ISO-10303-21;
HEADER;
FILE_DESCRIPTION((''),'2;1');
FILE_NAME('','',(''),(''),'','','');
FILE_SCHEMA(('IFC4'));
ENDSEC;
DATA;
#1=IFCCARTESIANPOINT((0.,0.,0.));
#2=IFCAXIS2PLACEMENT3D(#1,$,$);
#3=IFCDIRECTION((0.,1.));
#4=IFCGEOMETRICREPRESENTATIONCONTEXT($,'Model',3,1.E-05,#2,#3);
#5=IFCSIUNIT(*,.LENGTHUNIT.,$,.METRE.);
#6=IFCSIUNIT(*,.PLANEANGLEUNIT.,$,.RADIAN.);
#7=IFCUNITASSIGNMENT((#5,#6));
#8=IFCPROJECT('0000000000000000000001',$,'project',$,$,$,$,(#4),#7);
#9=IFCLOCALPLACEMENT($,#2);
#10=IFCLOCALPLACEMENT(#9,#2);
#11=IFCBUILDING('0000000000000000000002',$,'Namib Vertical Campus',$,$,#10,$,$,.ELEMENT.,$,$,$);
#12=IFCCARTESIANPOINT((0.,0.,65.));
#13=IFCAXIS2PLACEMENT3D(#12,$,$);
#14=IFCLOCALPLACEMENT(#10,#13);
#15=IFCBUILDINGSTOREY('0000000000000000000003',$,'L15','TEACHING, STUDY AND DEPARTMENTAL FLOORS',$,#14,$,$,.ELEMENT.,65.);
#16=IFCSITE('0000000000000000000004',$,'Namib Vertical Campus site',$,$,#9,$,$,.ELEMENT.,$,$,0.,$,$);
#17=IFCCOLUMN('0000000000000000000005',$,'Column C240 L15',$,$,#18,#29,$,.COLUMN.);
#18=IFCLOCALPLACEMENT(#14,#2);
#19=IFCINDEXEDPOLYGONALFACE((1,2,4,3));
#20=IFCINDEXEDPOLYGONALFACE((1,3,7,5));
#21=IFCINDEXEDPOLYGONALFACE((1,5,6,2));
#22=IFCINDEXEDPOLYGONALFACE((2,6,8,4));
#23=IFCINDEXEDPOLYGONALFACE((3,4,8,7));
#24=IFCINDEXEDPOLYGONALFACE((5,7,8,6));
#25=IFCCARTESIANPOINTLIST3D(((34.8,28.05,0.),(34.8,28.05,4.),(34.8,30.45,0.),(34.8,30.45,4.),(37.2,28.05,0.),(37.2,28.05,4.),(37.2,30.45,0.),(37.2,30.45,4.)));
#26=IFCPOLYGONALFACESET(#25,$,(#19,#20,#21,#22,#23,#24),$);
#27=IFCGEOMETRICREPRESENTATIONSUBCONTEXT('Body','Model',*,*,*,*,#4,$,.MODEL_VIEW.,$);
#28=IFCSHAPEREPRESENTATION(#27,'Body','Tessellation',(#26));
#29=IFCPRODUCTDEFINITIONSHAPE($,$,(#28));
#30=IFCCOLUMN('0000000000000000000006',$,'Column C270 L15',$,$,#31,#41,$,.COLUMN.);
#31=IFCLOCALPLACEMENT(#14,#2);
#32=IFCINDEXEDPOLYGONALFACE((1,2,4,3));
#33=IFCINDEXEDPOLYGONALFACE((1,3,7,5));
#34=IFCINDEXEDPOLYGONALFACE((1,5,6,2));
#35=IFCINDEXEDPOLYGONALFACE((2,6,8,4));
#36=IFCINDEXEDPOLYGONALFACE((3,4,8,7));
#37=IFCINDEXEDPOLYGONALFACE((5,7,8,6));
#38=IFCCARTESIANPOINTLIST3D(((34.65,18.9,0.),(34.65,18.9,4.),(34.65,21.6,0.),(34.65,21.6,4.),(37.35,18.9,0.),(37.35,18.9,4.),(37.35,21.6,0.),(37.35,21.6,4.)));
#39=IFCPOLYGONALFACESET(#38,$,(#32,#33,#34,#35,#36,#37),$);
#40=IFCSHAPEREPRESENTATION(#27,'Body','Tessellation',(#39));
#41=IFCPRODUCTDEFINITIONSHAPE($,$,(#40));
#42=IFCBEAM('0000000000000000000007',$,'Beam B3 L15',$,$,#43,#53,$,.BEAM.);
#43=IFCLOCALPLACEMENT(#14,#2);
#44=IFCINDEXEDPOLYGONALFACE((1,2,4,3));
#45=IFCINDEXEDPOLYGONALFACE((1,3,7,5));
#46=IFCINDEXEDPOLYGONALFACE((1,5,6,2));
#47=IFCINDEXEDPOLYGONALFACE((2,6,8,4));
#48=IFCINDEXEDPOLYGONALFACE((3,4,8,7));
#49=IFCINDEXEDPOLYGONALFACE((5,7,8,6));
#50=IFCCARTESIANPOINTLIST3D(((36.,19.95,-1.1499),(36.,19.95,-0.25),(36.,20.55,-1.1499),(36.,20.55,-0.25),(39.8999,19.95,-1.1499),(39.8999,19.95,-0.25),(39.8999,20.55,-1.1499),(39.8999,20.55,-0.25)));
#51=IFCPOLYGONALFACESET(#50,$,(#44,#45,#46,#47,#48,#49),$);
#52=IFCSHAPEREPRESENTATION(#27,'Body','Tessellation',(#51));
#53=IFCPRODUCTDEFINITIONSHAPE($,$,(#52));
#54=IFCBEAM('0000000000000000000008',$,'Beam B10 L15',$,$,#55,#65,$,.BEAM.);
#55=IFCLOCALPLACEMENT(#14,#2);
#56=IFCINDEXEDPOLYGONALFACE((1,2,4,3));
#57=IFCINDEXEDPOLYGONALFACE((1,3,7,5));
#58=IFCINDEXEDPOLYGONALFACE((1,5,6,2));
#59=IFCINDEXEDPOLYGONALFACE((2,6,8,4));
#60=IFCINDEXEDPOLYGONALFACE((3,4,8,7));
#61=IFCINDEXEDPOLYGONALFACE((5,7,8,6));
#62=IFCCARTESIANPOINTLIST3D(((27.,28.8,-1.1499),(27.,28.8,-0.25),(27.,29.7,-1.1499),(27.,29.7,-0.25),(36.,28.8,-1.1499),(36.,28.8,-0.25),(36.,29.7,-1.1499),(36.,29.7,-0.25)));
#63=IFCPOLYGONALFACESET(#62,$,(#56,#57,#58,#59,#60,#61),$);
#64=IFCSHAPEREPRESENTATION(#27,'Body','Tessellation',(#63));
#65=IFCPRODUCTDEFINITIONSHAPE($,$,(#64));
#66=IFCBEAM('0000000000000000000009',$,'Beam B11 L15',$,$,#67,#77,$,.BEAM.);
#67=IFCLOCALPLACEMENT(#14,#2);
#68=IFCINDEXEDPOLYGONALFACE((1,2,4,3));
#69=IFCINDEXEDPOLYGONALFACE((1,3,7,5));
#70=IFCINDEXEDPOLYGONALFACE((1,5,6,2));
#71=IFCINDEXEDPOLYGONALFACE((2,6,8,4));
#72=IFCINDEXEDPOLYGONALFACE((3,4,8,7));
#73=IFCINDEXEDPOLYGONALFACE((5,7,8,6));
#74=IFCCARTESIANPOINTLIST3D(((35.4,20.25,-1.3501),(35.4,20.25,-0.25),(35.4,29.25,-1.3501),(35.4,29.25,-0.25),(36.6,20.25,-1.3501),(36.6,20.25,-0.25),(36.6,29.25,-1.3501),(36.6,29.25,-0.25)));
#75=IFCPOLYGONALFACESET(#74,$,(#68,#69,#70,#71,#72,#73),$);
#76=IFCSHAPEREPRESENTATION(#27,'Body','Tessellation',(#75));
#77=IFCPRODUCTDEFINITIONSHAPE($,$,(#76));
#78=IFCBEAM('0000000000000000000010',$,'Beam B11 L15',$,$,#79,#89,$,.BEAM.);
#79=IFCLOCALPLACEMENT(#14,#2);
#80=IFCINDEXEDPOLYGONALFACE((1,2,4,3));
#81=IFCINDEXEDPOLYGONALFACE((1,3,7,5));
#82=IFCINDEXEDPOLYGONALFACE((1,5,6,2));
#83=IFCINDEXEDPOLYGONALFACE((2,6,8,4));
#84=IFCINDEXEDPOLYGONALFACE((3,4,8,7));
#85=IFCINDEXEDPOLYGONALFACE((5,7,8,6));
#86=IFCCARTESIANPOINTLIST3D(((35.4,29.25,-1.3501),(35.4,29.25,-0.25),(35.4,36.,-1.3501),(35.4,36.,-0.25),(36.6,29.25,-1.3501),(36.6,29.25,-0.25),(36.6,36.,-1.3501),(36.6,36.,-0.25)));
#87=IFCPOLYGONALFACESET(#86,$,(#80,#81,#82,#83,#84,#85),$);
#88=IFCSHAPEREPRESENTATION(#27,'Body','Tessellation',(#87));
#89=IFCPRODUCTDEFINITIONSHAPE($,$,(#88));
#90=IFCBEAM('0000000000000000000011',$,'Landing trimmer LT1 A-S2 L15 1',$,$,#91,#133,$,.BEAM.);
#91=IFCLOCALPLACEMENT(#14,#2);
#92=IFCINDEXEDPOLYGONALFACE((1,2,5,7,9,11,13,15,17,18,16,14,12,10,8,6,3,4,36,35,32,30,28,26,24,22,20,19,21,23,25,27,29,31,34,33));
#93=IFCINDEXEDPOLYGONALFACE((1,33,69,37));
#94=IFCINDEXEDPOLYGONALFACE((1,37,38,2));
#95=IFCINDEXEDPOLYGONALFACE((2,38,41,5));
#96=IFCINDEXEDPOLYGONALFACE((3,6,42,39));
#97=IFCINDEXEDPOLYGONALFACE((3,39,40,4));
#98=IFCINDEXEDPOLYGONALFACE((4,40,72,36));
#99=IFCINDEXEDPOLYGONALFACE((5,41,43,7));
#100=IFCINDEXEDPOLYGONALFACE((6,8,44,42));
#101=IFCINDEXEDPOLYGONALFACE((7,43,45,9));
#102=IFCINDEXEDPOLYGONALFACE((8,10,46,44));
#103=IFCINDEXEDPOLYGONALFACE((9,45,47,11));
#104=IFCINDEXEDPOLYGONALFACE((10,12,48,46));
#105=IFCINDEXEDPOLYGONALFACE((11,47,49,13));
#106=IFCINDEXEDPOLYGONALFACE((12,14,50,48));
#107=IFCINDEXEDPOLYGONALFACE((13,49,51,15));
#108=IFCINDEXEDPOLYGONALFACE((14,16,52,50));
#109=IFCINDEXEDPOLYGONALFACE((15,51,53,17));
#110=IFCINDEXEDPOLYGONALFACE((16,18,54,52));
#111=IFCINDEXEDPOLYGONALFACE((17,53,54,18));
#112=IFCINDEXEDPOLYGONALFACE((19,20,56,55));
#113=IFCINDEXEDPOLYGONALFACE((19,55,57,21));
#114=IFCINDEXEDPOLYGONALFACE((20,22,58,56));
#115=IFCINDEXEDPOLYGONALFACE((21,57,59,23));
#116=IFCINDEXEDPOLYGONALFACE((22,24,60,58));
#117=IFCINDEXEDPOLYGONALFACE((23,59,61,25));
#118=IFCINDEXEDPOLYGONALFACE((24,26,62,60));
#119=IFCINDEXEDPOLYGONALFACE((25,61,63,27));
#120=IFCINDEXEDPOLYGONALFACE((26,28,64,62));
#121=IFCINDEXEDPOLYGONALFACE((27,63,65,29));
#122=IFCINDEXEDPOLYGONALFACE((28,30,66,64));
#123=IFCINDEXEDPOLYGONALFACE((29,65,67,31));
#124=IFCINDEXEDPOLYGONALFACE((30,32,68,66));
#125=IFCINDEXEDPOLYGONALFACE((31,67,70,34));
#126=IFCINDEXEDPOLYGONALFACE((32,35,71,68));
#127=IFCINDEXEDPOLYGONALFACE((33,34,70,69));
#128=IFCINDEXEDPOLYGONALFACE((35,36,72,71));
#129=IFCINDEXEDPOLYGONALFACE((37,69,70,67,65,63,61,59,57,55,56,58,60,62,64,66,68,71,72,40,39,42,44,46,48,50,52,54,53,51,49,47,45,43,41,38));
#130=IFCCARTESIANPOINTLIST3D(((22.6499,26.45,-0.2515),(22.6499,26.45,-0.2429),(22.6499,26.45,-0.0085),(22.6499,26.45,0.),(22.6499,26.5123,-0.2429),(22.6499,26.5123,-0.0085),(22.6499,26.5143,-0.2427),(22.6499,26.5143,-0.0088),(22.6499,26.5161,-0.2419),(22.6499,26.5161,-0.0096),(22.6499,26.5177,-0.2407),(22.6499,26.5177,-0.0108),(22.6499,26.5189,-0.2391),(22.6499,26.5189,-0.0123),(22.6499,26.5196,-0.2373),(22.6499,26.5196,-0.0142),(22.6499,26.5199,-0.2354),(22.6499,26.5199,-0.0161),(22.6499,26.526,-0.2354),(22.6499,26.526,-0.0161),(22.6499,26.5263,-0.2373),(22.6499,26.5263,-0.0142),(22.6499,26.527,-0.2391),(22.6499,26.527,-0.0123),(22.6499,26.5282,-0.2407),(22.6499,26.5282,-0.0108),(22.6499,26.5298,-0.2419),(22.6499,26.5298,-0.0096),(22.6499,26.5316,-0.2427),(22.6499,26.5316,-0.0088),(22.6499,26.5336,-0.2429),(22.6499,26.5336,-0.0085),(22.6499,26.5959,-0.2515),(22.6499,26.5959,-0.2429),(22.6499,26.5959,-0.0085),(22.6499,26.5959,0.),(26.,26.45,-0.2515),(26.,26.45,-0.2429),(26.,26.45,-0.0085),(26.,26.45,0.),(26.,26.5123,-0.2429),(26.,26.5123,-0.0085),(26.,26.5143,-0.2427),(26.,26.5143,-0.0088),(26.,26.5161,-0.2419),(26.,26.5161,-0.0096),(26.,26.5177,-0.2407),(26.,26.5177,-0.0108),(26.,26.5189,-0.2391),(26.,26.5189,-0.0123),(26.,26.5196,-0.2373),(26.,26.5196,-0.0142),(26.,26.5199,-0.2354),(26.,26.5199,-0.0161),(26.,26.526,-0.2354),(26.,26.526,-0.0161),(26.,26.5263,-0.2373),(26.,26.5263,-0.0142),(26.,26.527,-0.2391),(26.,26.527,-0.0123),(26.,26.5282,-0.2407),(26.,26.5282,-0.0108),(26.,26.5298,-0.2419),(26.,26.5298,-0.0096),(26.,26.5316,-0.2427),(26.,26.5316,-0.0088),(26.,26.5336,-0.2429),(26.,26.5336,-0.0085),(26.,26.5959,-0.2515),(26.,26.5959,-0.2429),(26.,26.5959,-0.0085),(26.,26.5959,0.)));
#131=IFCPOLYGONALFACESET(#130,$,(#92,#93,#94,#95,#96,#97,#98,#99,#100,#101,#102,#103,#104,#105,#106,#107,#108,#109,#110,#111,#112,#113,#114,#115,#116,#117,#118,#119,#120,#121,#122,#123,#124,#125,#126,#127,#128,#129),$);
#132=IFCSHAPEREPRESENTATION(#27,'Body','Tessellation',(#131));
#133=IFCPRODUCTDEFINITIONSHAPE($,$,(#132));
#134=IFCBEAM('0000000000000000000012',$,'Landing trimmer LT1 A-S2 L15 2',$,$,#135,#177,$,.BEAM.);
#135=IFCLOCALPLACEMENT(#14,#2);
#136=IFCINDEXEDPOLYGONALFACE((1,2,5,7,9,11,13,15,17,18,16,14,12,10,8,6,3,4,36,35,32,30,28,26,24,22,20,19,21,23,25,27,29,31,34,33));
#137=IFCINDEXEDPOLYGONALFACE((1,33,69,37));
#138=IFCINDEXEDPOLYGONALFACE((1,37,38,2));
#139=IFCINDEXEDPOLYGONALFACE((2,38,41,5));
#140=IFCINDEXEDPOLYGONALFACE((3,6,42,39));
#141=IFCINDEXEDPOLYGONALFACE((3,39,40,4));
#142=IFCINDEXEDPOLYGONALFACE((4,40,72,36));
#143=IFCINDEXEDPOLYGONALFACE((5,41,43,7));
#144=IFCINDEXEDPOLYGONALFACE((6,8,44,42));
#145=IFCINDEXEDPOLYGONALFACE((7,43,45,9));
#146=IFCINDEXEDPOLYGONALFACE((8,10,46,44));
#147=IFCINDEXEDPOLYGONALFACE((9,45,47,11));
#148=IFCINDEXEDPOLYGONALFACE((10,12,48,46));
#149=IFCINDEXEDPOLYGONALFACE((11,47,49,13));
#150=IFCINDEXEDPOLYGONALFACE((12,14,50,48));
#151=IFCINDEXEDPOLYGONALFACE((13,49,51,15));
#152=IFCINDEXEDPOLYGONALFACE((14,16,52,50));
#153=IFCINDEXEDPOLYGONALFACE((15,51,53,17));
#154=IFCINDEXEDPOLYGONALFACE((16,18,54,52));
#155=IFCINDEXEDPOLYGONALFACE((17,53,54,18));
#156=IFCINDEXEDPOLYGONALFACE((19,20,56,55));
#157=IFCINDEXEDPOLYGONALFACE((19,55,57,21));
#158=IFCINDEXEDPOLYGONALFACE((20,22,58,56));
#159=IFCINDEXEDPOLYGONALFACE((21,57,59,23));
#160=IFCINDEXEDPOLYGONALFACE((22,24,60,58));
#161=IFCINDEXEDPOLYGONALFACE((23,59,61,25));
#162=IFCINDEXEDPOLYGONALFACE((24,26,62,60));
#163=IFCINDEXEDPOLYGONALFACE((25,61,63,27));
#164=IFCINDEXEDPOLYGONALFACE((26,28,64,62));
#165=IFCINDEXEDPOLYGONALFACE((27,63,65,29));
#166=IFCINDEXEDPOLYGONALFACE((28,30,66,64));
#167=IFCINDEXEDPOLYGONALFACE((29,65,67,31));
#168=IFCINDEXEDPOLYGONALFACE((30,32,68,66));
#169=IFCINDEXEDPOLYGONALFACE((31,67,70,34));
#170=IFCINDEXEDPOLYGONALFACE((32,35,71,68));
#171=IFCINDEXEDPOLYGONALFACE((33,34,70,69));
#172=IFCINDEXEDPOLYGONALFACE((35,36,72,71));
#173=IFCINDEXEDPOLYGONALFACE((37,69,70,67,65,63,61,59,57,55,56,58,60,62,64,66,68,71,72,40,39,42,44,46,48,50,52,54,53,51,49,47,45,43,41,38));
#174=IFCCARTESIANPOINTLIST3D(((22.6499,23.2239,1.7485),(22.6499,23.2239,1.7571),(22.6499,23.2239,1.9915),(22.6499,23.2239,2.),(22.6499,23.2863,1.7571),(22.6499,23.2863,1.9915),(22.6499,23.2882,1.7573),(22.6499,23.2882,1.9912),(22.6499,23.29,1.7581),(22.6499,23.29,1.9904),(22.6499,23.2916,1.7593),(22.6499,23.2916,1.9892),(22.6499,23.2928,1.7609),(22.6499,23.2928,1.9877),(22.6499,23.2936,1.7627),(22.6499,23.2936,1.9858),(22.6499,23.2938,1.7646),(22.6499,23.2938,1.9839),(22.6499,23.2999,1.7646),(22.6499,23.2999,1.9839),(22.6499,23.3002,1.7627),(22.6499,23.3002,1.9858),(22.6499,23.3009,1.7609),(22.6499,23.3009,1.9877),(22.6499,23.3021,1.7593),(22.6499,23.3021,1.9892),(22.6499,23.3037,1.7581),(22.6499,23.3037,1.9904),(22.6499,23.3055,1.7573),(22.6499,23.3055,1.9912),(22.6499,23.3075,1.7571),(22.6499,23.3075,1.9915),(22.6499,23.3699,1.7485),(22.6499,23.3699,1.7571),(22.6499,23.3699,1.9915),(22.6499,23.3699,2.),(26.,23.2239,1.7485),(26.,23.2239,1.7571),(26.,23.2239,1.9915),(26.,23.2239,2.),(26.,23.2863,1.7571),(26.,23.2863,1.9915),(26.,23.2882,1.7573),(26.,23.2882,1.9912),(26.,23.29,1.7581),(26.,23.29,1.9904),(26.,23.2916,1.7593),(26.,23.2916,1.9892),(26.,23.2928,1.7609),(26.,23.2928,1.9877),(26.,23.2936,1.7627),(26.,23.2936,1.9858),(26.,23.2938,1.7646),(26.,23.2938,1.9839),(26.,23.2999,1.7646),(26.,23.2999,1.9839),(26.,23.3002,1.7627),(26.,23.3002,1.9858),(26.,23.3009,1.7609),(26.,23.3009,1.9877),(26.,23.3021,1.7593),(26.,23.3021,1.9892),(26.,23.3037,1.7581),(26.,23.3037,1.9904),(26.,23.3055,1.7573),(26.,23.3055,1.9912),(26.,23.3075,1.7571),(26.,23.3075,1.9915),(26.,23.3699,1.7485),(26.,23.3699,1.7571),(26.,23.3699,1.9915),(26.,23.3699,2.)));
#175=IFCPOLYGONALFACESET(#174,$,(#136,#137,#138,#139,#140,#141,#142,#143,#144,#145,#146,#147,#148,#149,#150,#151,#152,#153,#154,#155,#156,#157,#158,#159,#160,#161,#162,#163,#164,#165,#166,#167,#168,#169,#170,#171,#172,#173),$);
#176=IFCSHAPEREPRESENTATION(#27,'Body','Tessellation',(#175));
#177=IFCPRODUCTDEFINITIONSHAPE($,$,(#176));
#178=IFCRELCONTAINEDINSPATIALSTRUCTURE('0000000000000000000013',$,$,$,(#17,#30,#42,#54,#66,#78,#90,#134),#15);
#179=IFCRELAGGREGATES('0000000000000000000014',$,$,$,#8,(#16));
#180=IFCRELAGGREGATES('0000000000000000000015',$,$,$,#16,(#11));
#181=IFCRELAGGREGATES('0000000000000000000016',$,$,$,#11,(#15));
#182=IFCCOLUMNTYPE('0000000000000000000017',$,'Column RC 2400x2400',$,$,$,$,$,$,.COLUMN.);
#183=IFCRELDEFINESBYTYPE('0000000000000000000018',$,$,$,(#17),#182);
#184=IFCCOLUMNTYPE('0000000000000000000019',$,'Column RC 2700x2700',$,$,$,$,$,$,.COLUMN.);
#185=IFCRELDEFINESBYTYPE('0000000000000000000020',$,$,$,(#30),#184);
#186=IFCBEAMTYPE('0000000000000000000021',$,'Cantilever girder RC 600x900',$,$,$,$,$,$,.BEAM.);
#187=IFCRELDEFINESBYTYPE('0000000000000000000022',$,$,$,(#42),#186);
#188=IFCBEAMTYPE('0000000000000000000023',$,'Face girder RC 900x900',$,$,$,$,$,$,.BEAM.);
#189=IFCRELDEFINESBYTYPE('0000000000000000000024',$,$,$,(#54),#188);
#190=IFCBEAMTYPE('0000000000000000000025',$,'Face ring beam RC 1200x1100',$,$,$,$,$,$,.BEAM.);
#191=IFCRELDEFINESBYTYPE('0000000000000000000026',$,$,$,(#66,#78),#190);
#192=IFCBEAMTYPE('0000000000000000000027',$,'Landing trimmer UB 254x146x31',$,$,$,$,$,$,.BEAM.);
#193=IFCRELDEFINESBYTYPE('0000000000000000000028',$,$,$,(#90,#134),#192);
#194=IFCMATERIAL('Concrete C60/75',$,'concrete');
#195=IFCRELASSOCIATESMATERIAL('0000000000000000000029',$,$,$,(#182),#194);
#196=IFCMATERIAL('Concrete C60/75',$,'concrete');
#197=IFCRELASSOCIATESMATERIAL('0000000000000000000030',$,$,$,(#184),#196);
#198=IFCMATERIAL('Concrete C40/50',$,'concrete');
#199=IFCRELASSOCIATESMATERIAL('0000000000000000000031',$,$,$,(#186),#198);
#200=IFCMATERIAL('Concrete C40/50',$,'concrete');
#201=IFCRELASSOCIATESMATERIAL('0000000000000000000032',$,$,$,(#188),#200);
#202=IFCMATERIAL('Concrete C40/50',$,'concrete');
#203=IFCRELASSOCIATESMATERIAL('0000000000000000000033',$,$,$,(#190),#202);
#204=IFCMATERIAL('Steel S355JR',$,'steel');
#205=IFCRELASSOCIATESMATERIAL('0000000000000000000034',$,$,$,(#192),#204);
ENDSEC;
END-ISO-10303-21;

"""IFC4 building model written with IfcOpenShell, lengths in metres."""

from ifc_helpers import new_model, si_unit, direction, frame, origin, origin_2d, place, context, subcontext, project, spatial, rectangle, i_section, extrude, material, material_profile, profile_set, type_object, element, save


model = new_model("IFC4")

# Units and contexts
model_context = context("Model", 3, precision=1e-05, world=origin(), true_north=direction((0.0, 1.0)))
body_context = subcontext(model_context, "Body", "Model", "MODEL_VIEW")
ifc_project = project(units=[si_unit("LENGTHUNIT", "METRE"), si_unit("PLANEANGLEUNIT", "RADIAN")], contexts=[model_context])

# Site, building, storey
site_placement = place(None, origin())
site = spatial("IfcSite", under=ifc_project, at=site_placement, Name="Namib Vertical Campus site", CompositionType="ELEMENT", RefElevation=0.0)
building_placement = place(site_placement, origin())
building = spatial("IfcBuilding", under=site, at=building_placement, Name="Namib Vertical Campus", CompositionType="ELEMENT")
storey_placement = place(building_placement, frame((0.0, 0.0, 65.0)))
storey = spatial("IfcBuildingStorey", under=building, at=storey_placement, Name="L15", Description="TEACHING, STUDY AND DEPARTMENTAL FLOORS", CompositionType="ELEMENT", Elevation=65.0)

# Columns
ifc_material_1 = material(Name="Concrete C60/75", Category="concrete")
ifc_material_profile_1 = material_profile(ifc_material_1, rectangle(XDim=2.3999, YDim=2.3999, at=origin_2d()))
ifc_profile_set_1 = profile_set([ifc_material_profile_1], Name="Concrete C60/75")
column_type_1 = type_object("IfcColumnType", Name="Column RC 2400x2400", PredefinedType="COLUMN", material=ifc_profile_set_1)
column_1_placement = place(storey_placement, frame((36.0, 29.25, 0.0), z_axis=(0.0, 0.0, 1.0), x_axis=(1.0, 0.0, 0.0)))
element("IfcColumn", 1, at=column_1_placement, inside=storey, type_object=column_type_1, Name="Column C240 L15", PredefinedType="COLUMN", context=body_context, shape_type="SweptSolid", body=[
    extrude(rectangle(XDim=2.3999, YDim=2.3999, at=origin_2d()), origin(), (0.0, 0.0, 1.0), 4.0),
])
ifc_material_2 = material(Name="Concrete C60/75", Category="concrete")
ifc_material_profile_2 = material_profile(ifc_material_2, rectangle(XDim=2.7, YDim=2.7, at=origin_2d()))
ifc_profile_set_2 = profile_set([ifc_material_profile_2], Name="Concrete C60/75")
column_type_2 = type_object("IfcColumnType", Name="Column RC 2700x2700", PredefinedType="COLUMN", material=ifc_profile_set_2)
column_2_placement = place(storey_placement, frame((36.0, 20.25, 0.0), z_axis=(0.0, 0.0, 1.0), x_axis=(1.0, 0.0, 0.0)))
element("IfcColumn", 2, at=column_2_placement, inside=storey, type_object=column_type_2, Name="Column C270 L15", PredefinedType="COLUMN", context=body_context, shape_type="SweptSolid", body=[
    extrude(rectangle(XDim=2.7, YDim=2.7, at=origin_2d()), origin(), (0.0, 0.0, 1.0), 4.0),
])

# Beams
ifc_material_3 = material(Name="Concrete C40/50", Category="concrete")
ifc_material_profile_3 = material_profile(ifc_material_3, rectangle(XDim=0.6001, YDim=0.8999, at=origin_2d()))
ifc_profile_set_3 = profile_set([ifc_material_profile_3], Name="Concrete C40/50")
beam_type_1 = type_object("IfcBeamType", Name="Cantilever girder RC 600x900", PredefinedType="BEAM", material=ifc_profile_set_3)
beam_1_placement = place(storey_placement, frame((36.0, 20.25, -0.7), z_axis=(1.0, 0.0, 0.0), x_axis=(0.0, 1.0, 0.0)))
element("IfcBeam", 3, at=beam_1_placement, inside=storey, type_object=beam_type_1, Name="Beam B3 L15", PredefinedType="BEAM", context=body_context, shape_type="SweptSolid", body=[
    extrude(rectangle(XDim=0.6001, YDim=0.8999, at=origin_2d()), origin(), (0.0, 0.0, 1.0), 3.8999),
])
ifc_material_4 = material(Name="Concrete C40/50", Category="concrete")
ifc_material_profile_4 = material_profile(ifc_material_4, rectangle(XDim=0.8999, YDim=0.8999, at=origin_2d()))
ifc_profile_set_4 = profile_set([ifc_material_profile_4], Name="Concrete C40/50")
beam_type_2 = type_object("IfcBeamType", Name="Face girder RC 900x900", PredefinedType="BEAM", material=ifc_profile_set_4)
beam_2_placement = place(storey_placement, frame((36.0, 29.25, -0.7), z_axis=(-1.0, 0.0, 0.0), x_axis=(0.0, -1.0, 0.0)))
element("IfcBeam", 4, at=beam_2_placement, inside=storey, type_object=beam_type_2, Name="Beam B10 L15", PredefinedType="BEAM", context=body_context, shape_type="SweptSolid", body=[
    extrude(rectangle(XDim=0.8999, YDim=0.8999, at=origin_2d()), origin(), (0.0, 0.0, 1.0), 9.0),
])
ifc_material_5 = material(Name="Concrete C40/50", Category="concrete")
ifc_material_profile_5 = material_profile(ifc_material_5, rectangle(XDim=1.2, YDim=1.1001, at=origin_2d()))
ifc_profile_set_5 = profile_set([ifc_material_profile_5], Name="Concrete C40/50")
beam_type_3 = type_object("IfcBeamType", Name="Face ring beam RC 1200x1100", PredefinedType="BEAM", material=ifc_profile_set_5)
beam_3_placement = place(storey_placement, frame((36.0, 20.25, -0.8), z_axis=(0.0, 1.0, 0.0), x_axis=(-1.0, 0.0, 0.0)))
element("IfcBeam", 5, at=beam_3_placement, inside=storey, type_object=beam_type_3, Name="Beam B11 L15", PredefinedType="BEAM", context=body_context, shape_type="SweptSolid", body=[
    extrude(rectangle(XDim=1.2, YDim=1.1001, at=origin_2d()), origin(), (0.0, 0.0, 1.0), 9.0),
])
beam_4_placement = place(storey_placement, frame((36.0, 29.25, -0.8), z_axis=(0.0, 1.0, 0.0), x_axis=(-1.0, 0.0, 0.0)))
element("IfcBeam", 6, at=beam_4_placement, inside=storey, type_object=beam_type_3, Name="Beam B11 L15", PredefinedType="BEAM", context=body_context, shape_type="SweptSolid", body=[
    extrude(rectangle(XDim=1.2, YDim=1.1001, at=origin_2d()), origin(), (0.0, 0.0, 1.0), 6.75),
])
ifc_material_6 = material(Name="Steel S355JR", Category="steel")
ifc_material_profile_6 = material_profile(ifc_material_6, i_section(OverallWidth=0.146, OverallDepth=0.2515, WebThickness=0.0061, FlangeThickness=0.0085, FilletRadius=0.0076, at=origin_2d()))
ifc_profile_set_6 = profile_set([ifc_material_profile_6], Name="Steel S355JR")
beam_type_4 = type_object("IfcBeamType", Name="Landing trimmer UB 254x146x31", PredefinedType="BEAM", material=ifc_profile_set_6)
for number, where, z_axis, x_axis, name in (
    (7, (22.6499, 26.5229, -0.1257), (1.0, 0.0, 0.0), (0.0, 1.0, 0.0), "Landing trimmer LT1 A-S2 L15 1"),
    (8, (22.6499, 23.2969, 1.8743), (1.0, 0.0, 0.0), (0.0, 1.0, 0.0), "Landing trimmer LT1 A-S2 L15 2"),
):
    element("IfcBeam", number, at=place(storey_placement, frame(where, z_axis=z_axis, x_axis=x_axis)), inside=storey, type_object=beam_type_4, Name=name, PredefinedType="BEAM", context=body_context, shape_type="SweptSolid", body=[
        extrude(i_section(OverallWidth=0.146, OverallDepth=0.2515, WebThickness=0.0061, FlangeThickness=0.0085, FilletRadius=0.0076, at=origin_2d()), origin(), (0.0, 0.0, 1.0), 3.3501),
    ])

save(model, "model.ifc")
